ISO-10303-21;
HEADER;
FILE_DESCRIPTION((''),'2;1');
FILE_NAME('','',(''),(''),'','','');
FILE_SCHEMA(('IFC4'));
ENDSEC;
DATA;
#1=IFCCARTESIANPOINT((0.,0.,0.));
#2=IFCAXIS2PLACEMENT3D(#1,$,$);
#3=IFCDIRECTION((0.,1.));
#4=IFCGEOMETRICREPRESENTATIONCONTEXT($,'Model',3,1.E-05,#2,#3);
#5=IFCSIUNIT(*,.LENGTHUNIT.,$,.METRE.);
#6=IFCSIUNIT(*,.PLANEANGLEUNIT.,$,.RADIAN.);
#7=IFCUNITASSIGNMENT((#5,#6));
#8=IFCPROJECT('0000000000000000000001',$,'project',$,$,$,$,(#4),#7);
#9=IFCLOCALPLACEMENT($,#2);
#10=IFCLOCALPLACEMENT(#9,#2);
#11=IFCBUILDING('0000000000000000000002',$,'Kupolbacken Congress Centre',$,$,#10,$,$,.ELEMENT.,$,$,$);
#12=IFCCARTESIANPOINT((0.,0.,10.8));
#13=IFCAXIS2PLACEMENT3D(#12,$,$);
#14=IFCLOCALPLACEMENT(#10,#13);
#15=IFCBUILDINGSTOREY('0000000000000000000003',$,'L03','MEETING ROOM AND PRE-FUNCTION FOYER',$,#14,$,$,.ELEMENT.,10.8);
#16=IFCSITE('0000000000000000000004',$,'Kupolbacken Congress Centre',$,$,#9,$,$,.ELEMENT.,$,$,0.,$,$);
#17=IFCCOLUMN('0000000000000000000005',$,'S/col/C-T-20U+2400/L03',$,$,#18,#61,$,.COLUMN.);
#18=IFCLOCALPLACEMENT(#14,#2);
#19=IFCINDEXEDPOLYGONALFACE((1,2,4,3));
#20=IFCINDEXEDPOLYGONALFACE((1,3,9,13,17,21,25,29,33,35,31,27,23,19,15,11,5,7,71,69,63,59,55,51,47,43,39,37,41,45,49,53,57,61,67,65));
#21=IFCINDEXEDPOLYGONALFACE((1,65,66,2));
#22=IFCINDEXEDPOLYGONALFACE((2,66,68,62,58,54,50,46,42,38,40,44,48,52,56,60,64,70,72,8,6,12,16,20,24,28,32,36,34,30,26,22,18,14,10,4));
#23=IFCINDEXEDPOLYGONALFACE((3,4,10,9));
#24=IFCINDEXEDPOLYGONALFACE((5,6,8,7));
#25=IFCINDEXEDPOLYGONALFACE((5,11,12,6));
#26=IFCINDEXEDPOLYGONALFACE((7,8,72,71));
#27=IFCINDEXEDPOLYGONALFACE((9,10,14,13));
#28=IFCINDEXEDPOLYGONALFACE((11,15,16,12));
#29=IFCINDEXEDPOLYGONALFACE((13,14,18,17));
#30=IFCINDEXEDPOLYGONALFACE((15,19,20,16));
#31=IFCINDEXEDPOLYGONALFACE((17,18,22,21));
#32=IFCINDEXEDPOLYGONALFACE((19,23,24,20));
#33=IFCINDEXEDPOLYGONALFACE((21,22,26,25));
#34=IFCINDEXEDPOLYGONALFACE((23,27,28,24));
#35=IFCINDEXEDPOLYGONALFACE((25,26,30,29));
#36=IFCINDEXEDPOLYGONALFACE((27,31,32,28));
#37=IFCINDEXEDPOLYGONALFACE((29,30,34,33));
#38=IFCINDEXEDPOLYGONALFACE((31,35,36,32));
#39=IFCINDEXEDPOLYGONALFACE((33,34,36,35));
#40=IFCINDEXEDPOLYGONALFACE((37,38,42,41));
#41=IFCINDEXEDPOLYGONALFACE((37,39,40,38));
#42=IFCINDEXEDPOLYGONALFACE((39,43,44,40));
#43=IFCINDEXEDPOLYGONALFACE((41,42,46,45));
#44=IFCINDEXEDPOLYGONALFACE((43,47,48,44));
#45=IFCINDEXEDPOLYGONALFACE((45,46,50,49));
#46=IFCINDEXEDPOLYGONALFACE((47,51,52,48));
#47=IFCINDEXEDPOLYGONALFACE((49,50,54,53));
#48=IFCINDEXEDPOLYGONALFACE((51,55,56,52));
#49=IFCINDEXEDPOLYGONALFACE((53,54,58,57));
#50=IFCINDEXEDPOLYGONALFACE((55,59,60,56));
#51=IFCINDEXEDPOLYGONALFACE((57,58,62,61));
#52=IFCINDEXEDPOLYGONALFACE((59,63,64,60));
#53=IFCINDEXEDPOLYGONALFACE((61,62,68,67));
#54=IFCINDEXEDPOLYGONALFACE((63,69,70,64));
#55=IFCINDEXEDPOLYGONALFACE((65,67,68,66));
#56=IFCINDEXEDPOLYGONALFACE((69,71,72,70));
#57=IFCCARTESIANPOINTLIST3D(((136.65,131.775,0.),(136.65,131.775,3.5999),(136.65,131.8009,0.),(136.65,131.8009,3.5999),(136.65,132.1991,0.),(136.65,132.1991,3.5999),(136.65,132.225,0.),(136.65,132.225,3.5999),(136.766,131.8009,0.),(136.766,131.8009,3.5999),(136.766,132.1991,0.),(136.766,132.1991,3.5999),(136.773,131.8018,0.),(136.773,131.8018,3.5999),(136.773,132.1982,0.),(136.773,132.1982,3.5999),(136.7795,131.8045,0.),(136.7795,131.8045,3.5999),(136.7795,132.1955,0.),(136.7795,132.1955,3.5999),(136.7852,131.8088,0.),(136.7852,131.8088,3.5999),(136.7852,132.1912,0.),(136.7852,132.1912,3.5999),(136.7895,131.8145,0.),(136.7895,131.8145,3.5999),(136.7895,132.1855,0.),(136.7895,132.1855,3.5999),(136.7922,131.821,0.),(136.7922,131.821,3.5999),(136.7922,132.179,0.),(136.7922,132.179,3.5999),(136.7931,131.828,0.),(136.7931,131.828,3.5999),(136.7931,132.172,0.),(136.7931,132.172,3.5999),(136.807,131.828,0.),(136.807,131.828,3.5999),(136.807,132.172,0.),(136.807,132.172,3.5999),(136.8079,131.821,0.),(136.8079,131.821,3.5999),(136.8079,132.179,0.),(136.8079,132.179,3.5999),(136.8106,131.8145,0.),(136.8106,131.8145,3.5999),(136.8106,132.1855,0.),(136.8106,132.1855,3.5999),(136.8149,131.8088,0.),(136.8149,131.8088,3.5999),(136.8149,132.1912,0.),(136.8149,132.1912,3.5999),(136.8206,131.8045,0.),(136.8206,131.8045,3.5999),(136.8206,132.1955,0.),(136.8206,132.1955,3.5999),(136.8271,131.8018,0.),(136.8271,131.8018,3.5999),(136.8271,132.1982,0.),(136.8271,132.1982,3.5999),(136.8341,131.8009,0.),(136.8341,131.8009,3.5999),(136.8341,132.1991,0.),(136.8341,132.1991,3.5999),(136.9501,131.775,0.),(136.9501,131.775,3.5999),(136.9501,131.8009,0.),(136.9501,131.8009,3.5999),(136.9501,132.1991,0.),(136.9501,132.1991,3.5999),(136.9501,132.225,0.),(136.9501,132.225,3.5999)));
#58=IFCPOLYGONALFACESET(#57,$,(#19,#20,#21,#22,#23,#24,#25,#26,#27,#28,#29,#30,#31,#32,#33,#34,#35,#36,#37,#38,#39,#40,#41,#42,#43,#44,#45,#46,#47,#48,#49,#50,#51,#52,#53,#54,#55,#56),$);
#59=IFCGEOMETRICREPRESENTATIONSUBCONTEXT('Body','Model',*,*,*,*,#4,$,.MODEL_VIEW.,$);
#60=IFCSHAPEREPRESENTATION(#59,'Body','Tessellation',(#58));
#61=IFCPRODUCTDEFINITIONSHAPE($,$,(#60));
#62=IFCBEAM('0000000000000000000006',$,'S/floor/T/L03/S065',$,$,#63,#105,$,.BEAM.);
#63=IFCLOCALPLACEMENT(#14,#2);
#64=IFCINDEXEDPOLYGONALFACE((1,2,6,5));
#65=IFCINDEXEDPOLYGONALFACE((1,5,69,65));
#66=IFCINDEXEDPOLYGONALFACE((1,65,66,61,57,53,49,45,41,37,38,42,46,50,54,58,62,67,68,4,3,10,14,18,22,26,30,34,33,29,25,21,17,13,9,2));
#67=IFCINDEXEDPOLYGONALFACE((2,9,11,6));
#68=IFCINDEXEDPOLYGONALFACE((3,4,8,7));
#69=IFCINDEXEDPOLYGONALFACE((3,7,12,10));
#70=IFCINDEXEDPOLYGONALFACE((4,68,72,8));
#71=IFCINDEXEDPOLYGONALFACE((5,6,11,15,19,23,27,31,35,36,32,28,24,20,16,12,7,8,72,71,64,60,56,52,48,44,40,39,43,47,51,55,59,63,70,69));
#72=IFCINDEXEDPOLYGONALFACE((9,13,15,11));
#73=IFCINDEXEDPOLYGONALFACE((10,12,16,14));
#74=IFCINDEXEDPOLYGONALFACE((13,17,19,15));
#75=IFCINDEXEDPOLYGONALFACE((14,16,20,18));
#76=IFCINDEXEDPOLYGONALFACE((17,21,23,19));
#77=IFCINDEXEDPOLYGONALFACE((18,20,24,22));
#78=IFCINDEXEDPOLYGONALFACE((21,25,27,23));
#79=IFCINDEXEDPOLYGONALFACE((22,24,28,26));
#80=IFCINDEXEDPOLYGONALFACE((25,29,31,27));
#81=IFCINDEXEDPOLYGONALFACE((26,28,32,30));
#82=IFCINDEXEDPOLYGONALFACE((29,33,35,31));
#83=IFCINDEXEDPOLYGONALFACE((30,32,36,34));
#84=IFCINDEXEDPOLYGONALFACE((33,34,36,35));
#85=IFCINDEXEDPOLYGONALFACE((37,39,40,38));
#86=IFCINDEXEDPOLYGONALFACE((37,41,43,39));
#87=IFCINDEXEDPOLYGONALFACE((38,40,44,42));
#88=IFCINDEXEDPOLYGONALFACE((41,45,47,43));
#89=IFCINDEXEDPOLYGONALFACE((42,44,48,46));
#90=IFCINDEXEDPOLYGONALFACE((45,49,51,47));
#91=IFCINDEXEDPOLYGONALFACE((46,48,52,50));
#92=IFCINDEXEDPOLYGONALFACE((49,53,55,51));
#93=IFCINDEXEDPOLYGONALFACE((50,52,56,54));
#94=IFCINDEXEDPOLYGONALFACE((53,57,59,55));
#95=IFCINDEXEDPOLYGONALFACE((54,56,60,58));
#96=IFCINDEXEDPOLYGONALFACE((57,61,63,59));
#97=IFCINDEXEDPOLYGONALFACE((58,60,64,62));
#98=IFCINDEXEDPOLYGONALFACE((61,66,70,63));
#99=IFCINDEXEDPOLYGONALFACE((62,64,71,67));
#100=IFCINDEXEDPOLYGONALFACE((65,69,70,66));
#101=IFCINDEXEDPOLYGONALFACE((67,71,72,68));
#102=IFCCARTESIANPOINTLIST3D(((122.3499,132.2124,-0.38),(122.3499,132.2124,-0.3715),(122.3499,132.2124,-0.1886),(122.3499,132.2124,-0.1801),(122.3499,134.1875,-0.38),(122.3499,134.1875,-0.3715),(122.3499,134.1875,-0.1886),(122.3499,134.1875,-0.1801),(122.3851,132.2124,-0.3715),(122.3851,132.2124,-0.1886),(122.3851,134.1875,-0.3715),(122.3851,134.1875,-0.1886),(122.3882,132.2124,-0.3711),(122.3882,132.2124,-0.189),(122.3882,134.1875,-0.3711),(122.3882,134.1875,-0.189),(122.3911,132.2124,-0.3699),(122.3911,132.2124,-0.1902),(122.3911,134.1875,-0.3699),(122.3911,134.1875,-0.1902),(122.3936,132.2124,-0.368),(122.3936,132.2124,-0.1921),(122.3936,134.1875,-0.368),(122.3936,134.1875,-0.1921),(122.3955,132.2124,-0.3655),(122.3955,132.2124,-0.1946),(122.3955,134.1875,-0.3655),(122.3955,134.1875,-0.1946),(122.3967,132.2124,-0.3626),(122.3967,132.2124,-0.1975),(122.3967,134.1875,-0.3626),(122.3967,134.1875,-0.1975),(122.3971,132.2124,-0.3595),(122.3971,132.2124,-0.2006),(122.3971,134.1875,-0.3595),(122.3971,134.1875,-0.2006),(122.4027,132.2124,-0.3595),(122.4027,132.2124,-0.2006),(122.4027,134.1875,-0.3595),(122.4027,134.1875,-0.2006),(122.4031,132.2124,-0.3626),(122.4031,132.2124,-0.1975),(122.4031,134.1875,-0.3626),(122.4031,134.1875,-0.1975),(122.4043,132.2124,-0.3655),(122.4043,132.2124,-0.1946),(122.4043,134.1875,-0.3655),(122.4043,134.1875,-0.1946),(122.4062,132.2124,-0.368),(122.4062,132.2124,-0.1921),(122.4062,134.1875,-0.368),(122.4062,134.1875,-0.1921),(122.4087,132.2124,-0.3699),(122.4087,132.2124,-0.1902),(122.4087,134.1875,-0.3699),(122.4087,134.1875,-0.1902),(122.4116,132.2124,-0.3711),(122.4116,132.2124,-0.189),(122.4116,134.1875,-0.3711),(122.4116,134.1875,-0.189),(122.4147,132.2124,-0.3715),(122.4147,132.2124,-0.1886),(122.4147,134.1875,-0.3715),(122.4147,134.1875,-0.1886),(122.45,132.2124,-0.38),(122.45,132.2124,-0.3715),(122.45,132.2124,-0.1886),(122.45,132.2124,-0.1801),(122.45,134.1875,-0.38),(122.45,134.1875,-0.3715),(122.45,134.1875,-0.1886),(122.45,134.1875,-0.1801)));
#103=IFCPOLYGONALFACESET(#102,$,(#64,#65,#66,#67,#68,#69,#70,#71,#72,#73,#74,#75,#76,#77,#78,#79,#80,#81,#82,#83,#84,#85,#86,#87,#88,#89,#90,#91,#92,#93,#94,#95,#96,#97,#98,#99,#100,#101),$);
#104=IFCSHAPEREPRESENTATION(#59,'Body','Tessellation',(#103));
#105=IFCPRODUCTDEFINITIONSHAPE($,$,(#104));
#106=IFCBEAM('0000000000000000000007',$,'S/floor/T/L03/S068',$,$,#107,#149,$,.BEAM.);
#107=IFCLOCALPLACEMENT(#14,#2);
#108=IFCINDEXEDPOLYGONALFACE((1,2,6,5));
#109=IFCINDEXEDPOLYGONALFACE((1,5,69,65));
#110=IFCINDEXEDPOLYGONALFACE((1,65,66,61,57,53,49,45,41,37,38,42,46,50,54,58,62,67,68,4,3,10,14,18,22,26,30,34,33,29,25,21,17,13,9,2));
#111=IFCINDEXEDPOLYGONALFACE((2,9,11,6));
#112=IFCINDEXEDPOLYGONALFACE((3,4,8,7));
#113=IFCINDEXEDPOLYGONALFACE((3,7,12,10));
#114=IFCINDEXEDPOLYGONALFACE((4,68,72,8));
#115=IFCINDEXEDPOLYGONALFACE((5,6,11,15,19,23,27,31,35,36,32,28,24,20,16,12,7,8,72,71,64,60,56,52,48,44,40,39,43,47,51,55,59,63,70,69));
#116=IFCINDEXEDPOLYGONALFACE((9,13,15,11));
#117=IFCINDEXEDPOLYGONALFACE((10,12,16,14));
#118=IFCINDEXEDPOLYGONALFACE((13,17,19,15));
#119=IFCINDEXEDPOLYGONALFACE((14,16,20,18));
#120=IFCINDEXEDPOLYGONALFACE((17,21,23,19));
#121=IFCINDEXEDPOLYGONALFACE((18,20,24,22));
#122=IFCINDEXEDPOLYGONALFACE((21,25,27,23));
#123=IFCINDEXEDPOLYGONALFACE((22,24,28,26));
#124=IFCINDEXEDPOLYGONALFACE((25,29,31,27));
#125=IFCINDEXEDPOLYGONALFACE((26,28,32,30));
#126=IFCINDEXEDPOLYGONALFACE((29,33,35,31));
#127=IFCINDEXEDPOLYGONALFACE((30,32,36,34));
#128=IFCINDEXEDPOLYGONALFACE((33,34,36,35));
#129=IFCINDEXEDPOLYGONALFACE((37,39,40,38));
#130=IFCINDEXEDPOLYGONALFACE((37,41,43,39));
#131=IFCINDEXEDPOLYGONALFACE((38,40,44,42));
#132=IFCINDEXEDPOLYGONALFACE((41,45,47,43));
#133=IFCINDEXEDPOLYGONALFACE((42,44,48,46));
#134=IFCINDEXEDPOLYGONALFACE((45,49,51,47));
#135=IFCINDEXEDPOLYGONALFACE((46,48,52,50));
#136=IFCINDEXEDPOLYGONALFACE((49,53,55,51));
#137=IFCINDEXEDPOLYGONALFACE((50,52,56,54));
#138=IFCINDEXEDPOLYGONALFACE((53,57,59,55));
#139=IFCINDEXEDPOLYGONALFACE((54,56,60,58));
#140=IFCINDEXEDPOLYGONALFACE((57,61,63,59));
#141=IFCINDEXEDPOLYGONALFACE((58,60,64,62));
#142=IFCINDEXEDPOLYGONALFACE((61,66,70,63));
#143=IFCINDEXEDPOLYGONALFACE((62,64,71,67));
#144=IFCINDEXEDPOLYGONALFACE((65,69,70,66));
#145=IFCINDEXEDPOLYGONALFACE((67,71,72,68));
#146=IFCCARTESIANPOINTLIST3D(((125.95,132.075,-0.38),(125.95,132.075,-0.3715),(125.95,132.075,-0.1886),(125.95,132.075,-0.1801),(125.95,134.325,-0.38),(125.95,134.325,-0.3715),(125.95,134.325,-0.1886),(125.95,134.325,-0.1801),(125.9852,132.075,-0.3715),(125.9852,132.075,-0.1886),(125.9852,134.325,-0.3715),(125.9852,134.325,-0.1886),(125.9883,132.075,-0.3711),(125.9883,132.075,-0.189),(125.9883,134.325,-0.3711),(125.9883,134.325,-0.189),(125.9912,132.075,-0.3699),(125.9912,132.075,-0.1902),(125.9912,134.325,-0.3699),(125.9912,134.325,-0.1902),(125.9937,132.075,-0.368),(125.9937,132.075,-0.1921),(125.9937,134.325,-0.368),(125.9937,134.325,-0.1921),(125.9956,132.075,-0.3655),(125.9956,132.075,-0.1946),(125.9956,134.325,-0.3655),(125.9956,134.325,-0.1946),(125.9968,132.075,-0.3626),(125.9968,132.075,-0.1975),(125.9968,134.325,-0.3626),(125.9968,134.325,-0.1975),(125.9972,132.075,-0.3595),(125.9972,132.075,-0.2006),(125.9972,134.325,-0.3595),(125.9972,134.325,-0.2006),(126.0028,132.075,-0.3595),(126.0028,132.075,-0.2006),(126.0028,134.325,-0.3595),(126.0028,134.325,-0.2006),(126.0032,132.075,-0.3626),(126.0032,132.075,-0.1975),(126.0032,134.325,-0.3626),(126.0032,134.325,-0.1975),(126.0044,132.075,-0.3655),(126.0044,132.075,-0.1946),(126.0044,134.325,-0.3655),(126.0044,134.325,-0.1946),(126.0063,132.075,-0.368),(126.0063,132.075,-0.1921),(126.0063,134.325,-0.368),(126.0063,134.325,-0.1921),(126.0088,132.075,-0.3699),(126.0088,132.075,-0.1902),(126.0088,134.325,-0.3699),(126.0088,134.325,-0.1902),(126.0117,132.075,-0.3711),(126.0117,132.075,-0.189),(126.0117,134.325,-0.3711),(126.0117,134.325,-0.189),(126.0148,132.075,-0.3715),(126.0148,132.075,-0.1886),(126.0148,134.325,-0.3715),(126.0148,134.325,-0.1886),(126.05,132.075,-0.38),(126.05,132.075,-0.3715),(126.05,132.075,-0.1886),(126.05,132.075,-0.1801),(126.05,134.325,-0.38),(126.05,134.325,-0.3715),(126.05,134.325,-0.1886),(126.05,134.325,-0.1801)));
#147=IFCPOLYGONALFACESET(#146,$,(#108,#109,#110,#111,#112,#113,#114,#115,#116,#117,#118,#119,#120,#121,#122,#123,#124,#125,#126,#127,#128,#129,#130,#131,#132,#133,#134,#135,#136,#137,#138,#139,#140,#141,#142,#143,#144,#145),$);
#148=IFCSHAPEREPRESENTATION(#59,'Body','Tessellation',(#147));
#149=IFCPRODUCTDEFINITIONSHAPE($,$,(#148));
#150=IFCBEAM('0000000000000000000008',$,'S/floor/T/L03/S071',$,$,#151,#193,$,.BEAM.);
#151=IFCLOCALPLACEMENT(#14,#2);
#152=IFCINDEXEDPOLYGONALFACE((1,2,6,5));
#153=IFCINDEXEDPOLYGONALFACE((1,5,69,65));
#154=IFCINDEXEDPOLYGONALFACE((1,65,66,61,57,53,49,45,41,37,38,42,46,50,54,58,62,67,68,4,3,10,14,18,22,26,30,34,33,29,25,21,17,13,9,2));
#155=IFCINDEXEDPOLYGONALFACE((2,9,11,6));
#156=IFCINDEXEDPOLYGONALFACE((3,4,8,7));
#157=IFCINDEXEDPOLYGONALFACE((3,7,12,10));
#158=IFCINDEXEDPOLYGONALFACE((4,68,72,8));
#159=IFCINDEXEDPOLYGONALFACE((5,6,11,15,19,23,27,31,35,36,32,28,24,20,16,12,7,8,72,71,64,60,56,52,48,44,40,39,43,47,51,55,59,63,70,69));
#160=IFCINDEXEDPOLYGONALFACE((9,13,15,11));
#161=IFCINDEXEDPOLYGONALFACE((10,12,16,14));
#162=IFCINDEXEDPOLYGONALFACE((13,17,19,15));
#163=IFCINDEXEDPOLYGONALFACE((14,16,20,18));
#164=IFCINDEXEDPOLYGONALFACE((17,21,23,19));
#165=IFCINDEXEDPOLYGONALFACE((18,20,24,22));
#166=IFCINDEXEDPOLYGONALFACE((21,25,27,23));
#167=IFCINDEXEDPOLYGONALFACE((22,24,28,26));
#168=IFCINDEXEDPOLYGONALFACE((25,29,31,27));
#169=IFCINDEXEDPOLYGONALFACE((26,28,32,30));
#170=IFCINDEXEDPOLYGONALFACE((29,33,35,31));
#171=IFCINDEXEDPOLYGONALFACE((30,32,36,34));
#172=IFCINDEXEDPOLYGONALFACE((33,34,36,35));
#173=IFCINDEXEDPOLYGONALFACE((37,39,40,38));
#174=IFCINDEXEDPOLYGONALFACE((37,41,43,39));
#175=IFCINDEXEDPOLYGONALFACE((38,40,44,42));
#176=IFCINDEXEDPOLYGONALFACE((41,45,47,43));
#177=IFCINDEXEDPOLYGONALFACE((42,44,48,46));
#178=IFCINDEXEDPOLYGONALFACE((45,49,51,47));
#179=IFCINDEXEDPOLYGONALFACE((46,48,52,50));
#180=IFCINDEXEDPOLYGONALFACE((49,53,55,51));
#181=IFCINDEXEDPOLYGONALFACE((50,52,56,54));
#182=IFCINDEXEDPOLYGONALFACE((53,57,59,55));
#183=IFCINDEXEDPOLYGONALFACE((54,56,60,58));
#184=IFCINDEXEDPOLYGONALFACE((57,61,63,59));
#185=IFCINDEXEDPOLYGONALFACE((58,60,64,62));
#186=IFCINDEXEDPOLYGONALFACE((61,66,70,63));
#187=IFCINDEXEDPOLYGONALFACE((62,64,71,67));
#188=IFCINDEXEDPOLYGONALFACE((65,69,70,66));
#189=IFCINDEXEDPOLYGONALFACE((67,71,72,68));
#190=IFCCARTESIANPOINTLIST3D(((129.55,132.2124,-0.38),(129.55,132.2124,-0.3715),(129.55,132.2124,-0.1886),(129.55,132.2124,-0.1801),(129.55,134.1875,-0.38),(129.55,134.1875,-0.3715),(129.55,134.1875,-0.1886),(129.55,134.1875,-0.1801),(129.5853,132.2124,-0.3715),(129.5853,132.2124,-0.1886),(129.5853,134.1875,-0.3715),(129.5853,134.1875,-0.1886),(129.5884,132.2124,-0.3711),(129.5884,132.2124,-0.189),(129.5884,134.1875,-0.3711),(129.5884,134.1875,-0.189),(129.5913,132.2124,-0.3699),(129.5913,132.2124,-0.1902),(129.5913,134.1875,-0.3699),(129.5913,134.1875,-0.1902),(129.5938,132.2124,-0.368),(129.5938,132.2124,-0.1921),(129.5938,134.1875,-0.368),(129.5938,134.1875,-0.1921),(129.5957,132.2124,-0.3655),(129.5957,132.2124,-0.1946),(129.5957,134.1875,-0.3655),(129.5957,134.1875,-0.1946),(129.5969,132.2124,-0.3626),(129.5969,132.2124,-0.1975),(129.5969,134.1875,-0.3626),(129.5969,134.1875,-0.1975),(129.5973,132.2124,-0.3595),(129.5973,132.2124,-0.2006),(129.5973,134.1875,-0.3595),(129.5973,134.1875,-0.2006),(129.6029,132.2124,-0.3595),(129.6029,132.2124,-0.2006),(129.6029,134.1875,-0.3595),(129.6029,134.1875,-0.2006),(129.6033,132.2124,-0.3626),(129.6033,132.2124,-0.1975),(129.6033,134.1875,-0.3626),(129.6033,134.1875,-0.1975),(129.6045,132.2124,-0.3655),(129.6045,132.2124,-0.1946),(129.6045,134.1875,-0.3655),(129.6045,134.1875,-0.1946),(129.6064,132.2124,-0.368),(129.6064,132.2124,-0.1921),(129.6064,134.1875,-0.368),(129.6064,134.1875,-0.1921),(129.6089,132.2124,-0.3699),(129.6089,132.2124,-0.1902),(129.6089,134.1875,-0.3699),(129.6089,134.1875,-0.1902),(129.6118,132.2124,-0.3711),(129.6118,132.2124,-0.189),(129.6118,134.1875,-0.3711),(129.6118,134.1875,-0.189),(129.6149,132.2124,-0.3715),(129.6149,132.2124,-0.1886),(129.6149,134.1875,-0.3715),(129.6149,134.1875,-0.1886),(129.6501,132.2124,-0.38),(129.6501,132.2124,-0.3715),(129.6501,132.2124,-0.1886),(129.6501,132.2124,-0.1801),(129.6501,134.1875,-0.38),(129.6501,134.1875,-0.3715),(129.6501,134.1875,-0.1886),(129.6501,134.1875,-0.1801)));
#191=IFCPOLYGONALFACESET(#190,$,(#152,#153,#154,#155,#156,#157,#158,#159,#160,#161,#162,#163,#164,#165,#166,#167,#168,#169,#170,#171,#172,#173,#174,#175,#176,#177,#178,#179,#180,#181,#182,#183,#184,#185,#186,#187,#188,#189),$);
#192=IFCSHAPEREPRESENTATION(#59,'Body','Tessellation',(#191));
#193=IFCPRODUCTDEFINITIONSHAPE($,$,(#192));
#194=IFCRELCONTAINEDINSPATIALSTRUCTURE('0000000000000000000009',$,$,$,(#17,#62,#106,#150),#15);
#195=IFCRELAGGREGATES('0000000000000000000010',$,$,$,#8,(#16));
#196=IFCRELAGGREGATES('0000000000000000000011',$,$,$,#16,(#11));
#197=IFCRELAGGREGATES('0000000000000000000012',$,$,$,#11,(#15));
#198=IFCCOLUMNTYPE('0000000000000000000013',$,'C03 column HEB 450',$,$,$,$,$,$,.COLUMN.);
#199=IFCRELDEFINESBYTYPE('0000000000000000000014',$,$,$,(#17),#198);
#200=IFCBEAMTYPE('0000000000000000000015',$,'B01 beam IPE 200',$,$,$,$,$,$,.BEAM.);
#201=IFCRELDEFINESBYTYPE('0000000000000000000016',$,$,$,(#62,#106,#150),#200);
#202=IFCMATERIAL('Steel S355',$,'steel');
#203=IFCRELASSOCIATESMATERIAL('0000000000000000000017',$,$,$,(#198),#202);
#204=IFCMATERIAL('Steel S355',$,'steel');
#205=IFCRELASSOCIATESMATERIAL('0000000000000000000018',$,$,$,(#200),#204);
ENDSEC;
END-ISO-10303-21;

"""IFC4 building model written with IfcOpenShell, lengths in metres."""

from ifc_helpers import new_model, si_unit, direction, frame, origin, origin_2d, place, context, subcontext, project, spatial, i_section, extrude, material, material_profile, profile_set, type_object, element, save


model = new_model("IFC4")

# Units and contexts
model_context = context("Model", 3, precision=1e-05, world=origin(), true_north=direction((0.0, 1.0)))
body_context = subcontext(model_context, "Body", "Model", "MODEL_VIEW")
ifc_project = project(units=[si_unit("LENGTHUNIT", "METRE"), si_unit("PLANEANGLEUNIT", "RADIAN")], contexts=[model_context])

# Site, building, storey
site_placement = place(None, origin())
site = spatial("IfcSite", under=ifc_project, at=site_placement, Name="Kupolbacken Congress Centre", CompositionType="ELEMENT", RefElevation=0.0)
building_placement = place(site_placement, origin())
building = spatial("IfcBuilding", under=site, at=building_placement, Name="Kupolbacken Congress Centre", CompositionType="ELEMENT")
storey_placement = place(building_placement, frame((0.0, 0.0, 10.8)))
storey = spatial("IfcBuildingStorey", under=building, at=storey_placement, Name="L03", Description="MEETING ROOM AND PRE-FUNCTION FOYER", CompositionType="ELEMENT", Elevation=10.8)

# Column
ifc_material_1 = material(Name="Steel S355", Category="steel")
ifc_material_profile_1 = material_profile(ifc_material_1, i_section(OverallWidth=0.3, OverallDepth=0.45, WebThickness=0.0139, FlangeThickness=0.0259, FilletRadius=0.0271, at=origin_2d()), Name="HEB 450")
ifc_profile_set_1 = profile_set([ifc_material_profile_1], Name="Steel S355")
column_type_1 = type_object("IfcColumnType", Name="C03 column HEB 450", PredefinedType="COLUMN", material=ifc_profile_set_1)
column_placement = place(storey_placement, frame((136.8, 132.0, 0.0), z_axis=(0.0, 0.0, 1.0), x_axis=(1.0, 0.0, 0.0)))
element("IfcColumn", 1, at=column_placement, inside=storey, type_object=column_type_1, Name="S/col/C-T-20U+2400/L03", PredefinedType="COLUMN", context=body_context, shape_type="SweptSolid", body=[
    extrude(i_section(OverallWidth=0.3, OverallDepth=0.45, WebThickness=0.0139, FlangeThickness=0.0259, FilletRadius=0.0271, at=origin_2d()), origin(), (0.0, 0.0, 1.0), 3.5999),
])

# Beams
ifc_material_2 = material(Name="Steel S355", Category="steel")
ifc_material_profile_2 = material_profile(ifc_material_2, i_section(OverallWidth=0.1001, OverallDepth=0.2, WebThickness=0.0056, FlangeThickness=0.0085, FilletRadius=0.012, at=origin_2d()), Name="IPE 200")
ifc_profile_set_2 = profile_set([ifc_material_profile_2], Name="Steel S355")
beam_type_1 = type_object("IfcBeamType", Name="B01 beam IPE 200", PredefinedType="BEAM", material=ifc_profile_set_2)
beam_1_placement = place(storey_placement, frame((122.3999, 132.2124, -0.28), z_axis=(0.0, 1.0, 0.0), x_axis=(-1.0, 0.0, 0.0)))
element("IfcBeam", 2, at=beam_1_placement, inside=storey, type_object=beam_type_1, Name="S/floor/T/L03/S065", PredefinedType="BEAM", context=body_context, shape_type="SweptSolid", body=[
    extrude(i_section(OverallWidth=0.1001, OverallDepth=0.2, WebThickness=0.0056, FlangeThickness=0.0085, FilletRadius=0.012, at=origin_2d()), origin(), (0.0, 0.0, 1.0), 1.9751),
])
beam_2_placement = place(storey_placement, frame((126.0, 132.075, -0.28), z_axis=(0.0, 1.0, 0.0), x_axis=(-1.0, 0.0, 0.0)))
element("IfcBeam", 3, at=beam_2_placement, inside=storey, type_object=beam_type_1, Name="S/floor/T/L03/S068", PredefinedType="BEAM", context=body_context, shape_type="SweptSolid", body=[
    extrude(i_section(OverallWidth=0.1001, OverallDepth=0.2, WebThickness=0.0056, FlangeThickness=0.0085, FilletRadius=0.012, at=origin_2d()), origin(), (0.0, 0.0, 1.0), 2.25),
])
beam_3_placement = place(storey_placement, frame((129.6001, 132.2124, -0.28), z_axis=(0.0, 1.0, 0.0), x_axis=(-1.0, 0.0, 0.0)))
element("IfcBeam", 4, at=beam_3_placement, inside=storey, type_object=beam_type_1, Name="S/floor/T/L03/S071", PredefinedType="BEAM", context=body_context, shape_type="SweptSolid", body=[
    extrude(i_section(OverallWidth=0.1001, OverallDepth=0.2, WebThickness=0.0056, FlangeThickness=0.0085, FilletRadius=0.012, at=origin_2d()), origin(), (0.0, 0.0, 1.0), 1.9751),
])

save(model, "model.ifc")
